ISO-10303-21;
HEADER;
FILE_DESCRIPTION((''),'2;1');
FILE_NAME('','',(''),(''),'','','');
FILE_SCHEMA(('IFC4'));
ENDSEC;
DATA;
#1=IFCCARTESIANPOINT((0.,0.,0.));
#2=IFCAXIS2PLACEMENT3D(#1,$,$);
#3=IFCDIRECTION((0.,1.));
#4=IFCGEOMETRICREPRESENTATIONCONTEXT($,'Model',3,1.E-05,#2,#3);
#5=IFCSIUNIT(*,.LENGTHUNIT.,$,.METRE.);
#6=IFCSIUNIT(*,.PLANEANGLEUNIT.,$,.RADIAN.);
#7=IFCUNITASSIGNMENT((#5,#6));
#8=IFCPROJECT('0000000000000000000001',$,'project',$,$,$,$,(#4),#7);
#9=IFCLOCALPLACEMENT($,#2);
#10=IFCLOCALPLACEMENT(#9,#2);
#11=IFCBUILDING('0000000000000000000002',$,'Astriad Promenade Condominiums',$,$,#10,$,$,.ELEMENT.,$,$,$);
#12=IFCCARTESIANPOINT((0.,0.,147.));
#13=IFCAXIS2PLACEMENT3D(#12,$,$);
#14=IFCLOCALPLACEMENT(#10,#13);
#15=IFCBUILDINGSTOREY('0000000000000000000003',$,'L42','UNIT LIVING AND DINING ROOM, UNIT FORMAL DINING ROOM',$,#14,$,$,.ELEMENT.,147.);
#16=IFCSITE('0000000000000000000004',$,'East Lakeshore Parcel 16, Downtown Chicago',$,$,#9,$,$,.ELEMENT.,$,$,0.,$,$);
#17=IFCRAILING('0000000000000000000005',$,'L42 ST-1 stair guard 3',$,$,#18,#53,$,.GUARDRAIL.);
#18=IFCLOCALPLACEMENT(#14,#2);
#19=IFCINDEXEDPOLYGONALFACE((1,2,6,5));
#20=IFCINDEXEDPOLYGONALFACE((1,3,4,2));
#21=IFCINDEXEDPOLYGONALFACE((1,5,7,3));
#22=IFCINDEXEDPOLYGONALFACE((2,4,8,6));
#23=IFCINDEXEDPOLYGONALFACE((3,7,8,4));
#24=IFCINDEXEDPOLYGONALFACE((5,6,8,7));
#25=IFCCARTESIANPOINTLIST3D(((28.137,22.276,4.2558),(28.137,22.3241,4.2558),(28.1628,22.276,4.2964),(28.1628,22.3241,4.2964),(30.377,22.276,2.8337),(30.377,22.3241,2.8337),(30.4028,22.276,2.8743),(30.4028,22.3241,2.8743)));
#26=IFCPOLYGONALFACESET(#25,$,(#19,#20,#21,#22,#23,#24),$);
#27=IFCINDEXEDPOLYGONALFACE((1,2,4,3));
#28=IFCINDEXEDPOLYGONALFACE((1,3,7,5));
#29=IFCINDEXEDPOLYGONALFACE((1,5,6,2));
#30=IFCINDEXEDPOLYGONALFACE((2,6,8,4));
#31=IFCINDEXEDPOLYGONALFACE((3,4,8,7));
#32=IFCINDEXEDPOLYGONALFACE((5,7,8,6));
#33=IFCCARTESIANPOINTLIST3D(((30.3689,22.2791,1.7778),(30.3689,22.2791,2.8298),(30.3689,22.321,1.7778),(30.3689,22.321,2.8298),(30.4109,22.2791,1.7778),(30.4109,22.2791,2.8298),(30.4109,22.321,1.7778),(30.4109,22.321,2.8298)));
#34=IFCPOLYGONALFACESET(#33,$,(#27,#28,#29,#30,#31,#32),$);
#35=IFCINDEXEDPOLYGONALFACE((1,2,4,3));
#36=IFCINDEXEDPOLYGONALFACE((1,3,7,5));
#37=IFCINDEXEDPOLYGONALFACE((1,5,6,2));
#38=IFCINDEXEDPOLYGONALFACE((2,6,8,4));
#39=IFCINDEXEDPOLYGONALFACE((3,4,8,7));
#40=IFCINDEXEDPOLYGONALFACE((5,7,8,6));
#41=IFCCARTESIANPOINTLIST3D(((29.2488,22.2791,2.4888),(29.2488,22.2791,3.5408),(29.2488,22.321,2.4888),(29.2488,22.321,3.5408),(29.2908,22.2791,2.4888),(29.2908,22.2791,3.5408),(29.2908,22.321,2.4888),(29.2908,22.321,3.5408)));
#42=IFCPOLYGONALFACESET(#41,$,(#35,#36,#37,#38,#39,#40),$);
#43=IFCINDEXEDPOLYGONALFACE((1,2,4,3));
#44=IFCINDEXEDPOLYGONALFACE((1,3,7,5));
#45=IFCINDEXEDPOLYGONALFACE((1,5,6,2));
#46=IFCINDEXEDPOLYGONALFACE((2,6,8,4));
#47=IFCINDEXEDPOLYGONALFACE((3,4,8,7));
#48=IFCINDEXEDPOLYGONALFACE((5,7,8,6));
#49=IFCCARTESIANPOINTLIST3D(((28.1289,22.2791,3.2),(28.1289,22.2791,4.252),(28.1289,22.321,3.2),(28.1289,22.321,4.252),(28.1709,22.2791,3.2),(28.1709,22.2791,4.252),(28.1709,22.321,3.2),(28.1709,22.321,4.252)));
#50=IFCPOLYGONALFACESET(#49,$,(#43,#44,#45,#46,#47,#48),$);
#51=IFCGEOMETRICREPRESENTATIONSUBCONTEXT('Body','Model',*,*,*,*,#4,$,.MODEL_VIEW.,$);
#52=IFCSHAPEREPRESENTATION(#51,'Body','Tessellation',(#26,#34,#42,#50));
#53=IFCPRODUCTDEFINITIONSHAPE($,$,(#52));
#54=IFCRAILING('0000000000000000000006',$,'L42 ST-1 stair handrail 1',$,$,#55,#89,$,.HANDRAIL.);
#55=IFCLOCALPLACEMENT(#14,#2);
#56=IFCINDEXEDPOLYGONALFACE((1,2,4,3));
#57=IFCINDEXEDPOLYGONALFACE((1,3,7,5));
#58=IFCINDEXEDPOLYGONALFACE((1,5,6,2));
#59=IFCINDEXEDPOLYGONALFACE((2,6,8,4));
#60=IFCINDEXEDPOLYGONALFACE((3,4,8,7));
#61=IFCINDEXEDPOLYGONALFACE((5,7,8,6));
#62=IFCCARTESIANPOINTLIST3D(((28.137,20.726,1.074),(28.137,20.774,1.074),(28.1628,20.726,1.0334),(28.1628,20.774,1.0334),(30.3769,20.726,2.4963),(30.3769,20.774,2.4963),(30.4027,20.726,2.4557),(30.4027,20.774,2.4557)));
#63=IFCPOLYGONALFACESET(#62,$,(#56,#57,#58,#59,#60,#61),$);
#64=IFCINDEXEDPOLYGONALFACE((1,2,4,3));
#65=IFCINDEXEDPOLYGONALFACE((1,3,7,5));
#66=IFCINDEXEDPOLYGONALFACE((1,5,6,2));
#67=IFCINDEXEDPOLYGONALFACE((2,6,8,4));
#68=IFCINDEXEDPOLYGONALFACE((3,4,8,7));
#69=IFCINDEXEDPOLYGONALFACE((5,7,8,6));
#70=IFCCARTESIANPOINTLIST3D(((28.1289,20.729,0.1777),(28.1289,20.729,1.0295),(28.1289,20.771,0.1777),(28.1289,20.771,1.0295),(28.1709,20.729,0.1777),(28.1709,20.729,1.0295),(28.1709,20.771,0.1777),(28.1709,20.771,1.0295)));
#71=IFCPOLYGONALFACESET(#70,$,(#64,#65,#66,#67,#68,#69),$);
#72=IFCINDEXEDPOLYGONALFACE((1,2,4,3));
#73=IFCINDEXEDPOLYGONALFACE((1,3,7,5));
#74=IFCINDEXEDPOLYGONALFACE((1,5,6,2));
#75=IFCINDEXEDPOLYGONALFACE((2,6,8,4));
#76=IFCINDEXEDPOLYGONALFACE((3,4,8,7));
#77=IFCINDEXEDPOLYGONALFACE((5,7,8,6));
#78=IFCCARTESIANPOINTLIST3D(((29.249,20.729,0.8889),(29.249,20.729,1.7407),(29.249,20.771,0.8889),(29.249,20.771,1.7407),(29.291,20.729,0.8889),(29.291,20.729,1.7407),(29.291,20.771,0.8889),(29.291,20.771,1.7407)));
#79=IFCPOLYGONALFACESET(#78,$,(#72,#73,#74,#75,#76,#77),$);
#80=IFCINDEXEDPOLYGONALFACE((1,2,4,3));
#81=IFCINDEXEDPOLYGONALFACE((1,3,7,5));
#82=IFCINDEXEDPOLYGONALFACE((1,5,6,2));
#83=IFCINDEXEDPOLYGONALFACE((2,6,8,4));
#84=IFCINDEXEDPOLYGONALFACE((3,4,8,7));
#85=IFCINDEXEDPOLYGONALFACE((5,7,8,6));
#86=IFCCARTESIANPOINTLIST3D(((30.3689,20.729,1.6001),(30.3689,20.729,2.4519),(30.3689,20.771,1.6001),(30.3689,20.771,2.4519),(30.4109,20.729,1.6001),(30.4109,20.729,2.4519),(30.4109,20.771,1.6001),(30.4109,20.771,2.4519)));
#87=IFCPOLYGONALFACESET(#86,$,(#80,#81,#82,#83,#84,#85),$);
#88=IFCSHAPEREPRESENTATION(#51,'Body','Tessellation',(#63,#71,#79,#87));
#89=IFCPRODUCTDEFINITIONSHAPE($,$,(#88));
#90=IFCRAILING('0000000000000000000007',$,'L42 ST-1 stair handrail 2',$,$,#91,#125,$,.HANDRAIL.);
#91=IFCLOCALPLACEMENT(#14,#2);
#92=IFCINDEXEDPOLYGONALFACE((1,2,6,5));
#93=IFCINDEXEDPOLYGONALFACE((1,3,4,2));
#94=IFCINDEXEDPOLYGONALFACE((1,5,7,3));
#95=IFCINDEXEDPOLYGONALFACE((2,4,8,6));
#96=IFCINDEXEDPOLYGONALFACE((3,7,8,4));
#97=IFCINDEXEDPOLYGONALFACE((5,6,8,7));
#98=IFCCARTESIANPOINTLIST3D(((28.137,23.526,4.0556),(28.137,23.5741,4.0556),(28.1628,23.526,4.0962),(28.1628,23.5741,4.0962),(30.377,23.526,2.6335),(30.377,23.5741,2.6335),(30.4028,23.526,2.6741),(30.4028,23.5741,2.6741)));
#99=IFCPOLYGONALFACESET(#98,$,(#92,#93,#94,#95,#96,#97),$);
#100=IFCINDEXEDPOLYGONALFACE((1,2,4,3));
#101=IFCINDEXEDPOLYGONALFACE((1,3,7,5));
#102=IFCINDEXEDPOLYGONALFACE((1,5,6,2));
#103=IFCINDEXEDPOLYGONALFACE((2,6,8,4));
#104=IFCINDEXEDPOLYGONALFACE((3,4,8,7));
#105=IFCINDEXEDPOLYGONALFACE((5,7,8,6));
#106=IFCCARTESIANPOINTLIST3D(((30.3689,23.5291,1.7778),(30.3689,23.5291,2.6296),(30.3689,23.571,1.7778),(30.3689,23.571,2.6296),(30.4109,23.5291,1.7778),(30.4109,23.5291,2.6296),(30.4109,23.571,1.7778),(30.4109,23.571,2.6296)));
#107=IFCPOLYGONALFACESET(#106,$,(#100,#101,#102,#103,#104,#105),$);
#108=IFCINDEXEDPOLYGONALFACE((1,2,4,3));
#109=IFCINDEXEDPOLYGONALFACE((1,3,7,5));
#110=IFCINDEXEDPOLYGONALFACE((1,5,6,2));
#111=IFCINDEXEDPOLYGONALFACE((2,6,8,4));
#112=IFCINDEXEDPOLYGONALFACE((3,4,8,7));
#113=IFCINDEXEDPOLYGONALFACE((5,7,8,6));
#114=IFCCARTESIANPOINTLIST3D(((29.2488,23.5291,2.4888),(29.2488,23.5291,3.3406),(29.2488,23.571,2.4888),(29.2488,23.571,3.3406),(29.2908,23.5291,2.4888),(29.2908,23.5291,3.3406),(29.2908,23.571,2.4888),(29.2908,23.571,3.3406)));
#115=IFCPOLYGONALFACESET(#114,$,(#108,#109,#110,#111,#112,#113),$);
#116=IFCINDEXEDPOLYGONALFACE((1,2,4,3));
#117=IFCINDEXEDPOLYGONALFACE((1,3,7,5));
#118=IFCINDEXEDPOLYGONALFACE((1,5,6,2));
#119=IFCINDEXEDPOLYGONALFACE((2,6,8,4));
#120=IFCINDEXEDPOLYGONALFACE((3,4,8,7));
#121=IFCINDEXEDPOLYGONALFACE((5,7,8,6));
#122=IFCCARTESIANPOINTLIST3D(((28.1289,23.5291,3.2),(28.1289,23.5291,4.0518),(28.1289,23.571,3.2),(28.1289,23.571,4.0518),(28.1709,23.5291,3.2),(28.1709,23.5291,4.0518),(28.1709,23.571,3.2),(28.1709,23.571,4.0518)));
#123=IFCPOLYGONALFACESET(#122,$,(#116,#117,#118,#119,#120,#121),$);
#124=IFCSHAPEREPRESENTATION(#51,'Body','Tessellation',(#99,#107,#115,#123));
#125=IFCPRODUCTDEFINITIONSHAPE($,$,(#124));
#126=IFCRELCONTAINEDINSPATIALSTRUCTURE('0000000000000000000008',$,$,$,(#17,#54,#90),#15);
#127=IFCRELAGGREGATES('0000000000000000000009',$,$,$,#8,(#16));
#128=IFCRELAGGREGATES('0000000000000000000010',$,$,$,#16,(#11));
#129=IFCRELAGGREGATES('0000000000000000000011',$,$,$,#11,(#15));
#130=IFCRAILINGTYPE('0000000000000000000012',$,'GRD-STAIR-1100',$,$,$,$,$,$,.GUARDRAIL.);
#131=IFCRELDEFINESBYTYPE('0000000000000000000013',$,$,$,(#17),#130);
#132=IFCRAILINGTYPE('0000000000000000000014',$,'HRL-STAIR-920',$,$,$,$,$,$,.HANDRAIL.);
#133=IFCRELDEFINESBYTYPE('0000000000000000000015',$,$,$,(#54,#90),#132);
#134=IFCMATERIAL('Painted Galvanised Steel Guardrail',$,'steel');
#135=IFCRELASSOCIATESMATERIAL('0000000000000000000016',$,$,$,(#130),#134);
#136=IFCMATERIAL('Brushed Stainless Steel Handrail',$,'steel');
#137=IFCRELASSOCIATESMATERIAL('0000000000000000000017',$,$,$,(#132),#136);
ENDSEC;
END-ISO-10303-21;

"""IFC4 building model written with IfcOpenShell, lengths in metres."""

from ifc_helpers import new_model, si_unit, direction, frame, origin, origin_2d, place, context, subcontext, project, spatial, rectangle, extrude, source, transform, mapped, material, type_object, type_shapes, element, save


model = new_model("IFC4")

# Units and contexts
model_context = context("Model", 3, precision=1e-05, world=origin(), true_north=direction((0.0, 1.0)))
body_context = subcontext(model_context, "Body", "Model", "MODEL_VIEW")
ifc_project = project(units=[si_unit("LENGTHUNIT", "METRE"), si_unit("PLANEANGLEUNIT", "RADIAN")], contexts=[model_context])

# Site, building, storey
site_placement = place(None, origin())
site = spatial("IfcSite", under=ifc_project, at=site_placement, Name="East Lakeshore Parcel 16, Downtown Chicago", CompositionType="ELEMENT", RefElevation=0.0)
building_placement = place(site_placement, origin())
building = spatial("IfcBuilding", under=site, at=building_placement, Name="Astriad Promenade Condominiums", CompositionType="ELEMENT")
storey_placement = place(building_placement, frame((0.0, 0.0, 147.0)))
storey = spatial("IfcBuildingStorey", under=building, at=storey_placement, Name="L42", Description="UNIT LIVING AND DINING ROOM, UNIT FORMAL DINING ROOM", CompositionType="ELEMENT", Elevation=147.0)

# Railings
ifc_material_1 = material(Name="Painted Galvanised Steel Guardrail", Category="steel")
railing_type_1 = type_object("IfcRailingType", Name="GRD-STAIR-1100", PredefinedType="GUARDRAIL", material=ifc_material_1)
shared_shape_1 = source(origin(), body_context, "Body", "SweptSolid", [
    extrude(rectangle(XDim=0.0481, YDim=0.0481, at=origin_2d()), frame((0.0, 0.0, 1.0762), z_axis=(-0.844229, 0.0, 0.535982), x_axis=(0.0, -1.0, 0.0)), (0.0, 0.0, 1.0), 2.6533),
    extrude(rectangle(XDim=0.042, YDim=0.042, at=origin_2d()), origin(), (0.0, 0.0, 1.0), 1.052),
    extrude(rectangle(XDim=0.042, YDim=0.042, at=origin_2d()), frame((-1.1201, 0.0, 0.7109)), (0.0, 0.0, 1.0), 1.052),
    extrude(rectangle(XDim=0.042, YDim=0.042, at=origin_2d()), frame((-2.24, 0.0, 1.4221)), (0.0, 0.0, 1.0), 1.052),
])
railing_1_placement = place(storey_placement, frame((30.3899, 22.3, 1.7778)))
element("IfcRailing", 1, at=railing_1_placement, inside=storey, type_object=railing_type_1, Name="L42 ST-1 stair guard 3", PredefinedType="GUARDRAIL", context=body_context, shape_type="MappedRepresentation", body=[
    mapped(shared_shape_1, transform((0.0, 0.0, 0.0), scale=1.0)),
])
ifc_material_2 = material(Name="Brushed Stainless Steel Handrail", Category="steel")
railing_type_2 = type_object("IfcRailingType", Name="HRL-STAIR-920", PredefinedType="HANDRAIL", material=ifc_material_2)
shared_shape_2 = source(origin(), body_context, "Body", "SweptSolid", [
    extrude(rectangle(XDim=0.0481, YDim=0.0481, at=origin_2d()), frame((0.0, 0.0, 0.876), z_axis=(0.844188, 0.0, 0.536048), x_axis=(0.0, 1.0, 0.0)), (0.0, 0.0, 1.0), 2.6533),
    extrude(rectangle(XDim=0.042, YDim=0.042, at=origin_2d()), origin(), (0.0, 0.0, 1.0), 0.8518),
    extrude(rectangle(XDim=0.042, YDim=0.042, at=origin_2d()), frame((1.1201, 0.0, 0.7112)), (0.0, 0.0, 1.0), 0.8518),
    extrude(rectangle(XDim=0.042, YDim=0.042, at=origin_2d()), frame((2.24, 0.0, 1.4224)), (0.0, 0.0, 1.0), 0.8518),
])
railing_2_placement = place(storey_placement, frame((28.1499, 20.75, 0.1777)))
element("IfcRailing", 2, at=railing_2_placement, inside=storey, type_object=railing_type_2, Name="L42 ST-1 stair handrail 1", PredefinedType="HANDRAIL", context=body_context, shape_type="MappedRepresentation", body=[
    mapped(shared_shape_2, transform((0.0, 0.0, 0.0), scale=1.0)),
])
shared_shape_3 = source(origin(), body_context, "Body", "SweptSolid", [
    extrude(rectangle(XDim=0.0481, YDim=0.0481, at=origin_2d()), frame((0.0, 0.0, 0.876), z_axis=(-0.844229, 0.0, 0.535982), x_axis=(0.0, -1.0, 0.0)), (0.0, 0.0, 1.0), 2.6533),
    extrude(rectangle(XDim=0.042, YDim=0.042, at=origin_2d()), origin(), (0.0, 0.0, 1.0), 0.8518),
    extrude(rectangle(XDim=0.042, YDim=0.042, at=origin_2d()), frame((-1.1201, 0.0, 0.7109)), (0.0, 0.0, 1.0), 0.8518),
    extrude(rectangle(XDim=0.042, YDim=0.042, at=origin_2d()), frame((-2.24, 0.0, 1.4221)), (0.0, 0.0, 1.0), 0.8518),
])
type_shapes(railing_type_2, [shared_shape_2, shared_shape_3])
railing_3_placement = place(storey_placement, frame((30.3899, 23.55, 1.7778)))
element("IfcRailing", 3, at=railing_3_placement, inside=storey, type_object=railing_type_2, Name="L42 ST-1 stair handrail 2", PredefinedType="HANDRAIL", context=body_context, shape_type="MappedRepresentation", body=[
    mapped(shared_shape_3, transform((0.0, 0.0, 0.0), scale=1.0)),
])

save(model, "model.ifc")
